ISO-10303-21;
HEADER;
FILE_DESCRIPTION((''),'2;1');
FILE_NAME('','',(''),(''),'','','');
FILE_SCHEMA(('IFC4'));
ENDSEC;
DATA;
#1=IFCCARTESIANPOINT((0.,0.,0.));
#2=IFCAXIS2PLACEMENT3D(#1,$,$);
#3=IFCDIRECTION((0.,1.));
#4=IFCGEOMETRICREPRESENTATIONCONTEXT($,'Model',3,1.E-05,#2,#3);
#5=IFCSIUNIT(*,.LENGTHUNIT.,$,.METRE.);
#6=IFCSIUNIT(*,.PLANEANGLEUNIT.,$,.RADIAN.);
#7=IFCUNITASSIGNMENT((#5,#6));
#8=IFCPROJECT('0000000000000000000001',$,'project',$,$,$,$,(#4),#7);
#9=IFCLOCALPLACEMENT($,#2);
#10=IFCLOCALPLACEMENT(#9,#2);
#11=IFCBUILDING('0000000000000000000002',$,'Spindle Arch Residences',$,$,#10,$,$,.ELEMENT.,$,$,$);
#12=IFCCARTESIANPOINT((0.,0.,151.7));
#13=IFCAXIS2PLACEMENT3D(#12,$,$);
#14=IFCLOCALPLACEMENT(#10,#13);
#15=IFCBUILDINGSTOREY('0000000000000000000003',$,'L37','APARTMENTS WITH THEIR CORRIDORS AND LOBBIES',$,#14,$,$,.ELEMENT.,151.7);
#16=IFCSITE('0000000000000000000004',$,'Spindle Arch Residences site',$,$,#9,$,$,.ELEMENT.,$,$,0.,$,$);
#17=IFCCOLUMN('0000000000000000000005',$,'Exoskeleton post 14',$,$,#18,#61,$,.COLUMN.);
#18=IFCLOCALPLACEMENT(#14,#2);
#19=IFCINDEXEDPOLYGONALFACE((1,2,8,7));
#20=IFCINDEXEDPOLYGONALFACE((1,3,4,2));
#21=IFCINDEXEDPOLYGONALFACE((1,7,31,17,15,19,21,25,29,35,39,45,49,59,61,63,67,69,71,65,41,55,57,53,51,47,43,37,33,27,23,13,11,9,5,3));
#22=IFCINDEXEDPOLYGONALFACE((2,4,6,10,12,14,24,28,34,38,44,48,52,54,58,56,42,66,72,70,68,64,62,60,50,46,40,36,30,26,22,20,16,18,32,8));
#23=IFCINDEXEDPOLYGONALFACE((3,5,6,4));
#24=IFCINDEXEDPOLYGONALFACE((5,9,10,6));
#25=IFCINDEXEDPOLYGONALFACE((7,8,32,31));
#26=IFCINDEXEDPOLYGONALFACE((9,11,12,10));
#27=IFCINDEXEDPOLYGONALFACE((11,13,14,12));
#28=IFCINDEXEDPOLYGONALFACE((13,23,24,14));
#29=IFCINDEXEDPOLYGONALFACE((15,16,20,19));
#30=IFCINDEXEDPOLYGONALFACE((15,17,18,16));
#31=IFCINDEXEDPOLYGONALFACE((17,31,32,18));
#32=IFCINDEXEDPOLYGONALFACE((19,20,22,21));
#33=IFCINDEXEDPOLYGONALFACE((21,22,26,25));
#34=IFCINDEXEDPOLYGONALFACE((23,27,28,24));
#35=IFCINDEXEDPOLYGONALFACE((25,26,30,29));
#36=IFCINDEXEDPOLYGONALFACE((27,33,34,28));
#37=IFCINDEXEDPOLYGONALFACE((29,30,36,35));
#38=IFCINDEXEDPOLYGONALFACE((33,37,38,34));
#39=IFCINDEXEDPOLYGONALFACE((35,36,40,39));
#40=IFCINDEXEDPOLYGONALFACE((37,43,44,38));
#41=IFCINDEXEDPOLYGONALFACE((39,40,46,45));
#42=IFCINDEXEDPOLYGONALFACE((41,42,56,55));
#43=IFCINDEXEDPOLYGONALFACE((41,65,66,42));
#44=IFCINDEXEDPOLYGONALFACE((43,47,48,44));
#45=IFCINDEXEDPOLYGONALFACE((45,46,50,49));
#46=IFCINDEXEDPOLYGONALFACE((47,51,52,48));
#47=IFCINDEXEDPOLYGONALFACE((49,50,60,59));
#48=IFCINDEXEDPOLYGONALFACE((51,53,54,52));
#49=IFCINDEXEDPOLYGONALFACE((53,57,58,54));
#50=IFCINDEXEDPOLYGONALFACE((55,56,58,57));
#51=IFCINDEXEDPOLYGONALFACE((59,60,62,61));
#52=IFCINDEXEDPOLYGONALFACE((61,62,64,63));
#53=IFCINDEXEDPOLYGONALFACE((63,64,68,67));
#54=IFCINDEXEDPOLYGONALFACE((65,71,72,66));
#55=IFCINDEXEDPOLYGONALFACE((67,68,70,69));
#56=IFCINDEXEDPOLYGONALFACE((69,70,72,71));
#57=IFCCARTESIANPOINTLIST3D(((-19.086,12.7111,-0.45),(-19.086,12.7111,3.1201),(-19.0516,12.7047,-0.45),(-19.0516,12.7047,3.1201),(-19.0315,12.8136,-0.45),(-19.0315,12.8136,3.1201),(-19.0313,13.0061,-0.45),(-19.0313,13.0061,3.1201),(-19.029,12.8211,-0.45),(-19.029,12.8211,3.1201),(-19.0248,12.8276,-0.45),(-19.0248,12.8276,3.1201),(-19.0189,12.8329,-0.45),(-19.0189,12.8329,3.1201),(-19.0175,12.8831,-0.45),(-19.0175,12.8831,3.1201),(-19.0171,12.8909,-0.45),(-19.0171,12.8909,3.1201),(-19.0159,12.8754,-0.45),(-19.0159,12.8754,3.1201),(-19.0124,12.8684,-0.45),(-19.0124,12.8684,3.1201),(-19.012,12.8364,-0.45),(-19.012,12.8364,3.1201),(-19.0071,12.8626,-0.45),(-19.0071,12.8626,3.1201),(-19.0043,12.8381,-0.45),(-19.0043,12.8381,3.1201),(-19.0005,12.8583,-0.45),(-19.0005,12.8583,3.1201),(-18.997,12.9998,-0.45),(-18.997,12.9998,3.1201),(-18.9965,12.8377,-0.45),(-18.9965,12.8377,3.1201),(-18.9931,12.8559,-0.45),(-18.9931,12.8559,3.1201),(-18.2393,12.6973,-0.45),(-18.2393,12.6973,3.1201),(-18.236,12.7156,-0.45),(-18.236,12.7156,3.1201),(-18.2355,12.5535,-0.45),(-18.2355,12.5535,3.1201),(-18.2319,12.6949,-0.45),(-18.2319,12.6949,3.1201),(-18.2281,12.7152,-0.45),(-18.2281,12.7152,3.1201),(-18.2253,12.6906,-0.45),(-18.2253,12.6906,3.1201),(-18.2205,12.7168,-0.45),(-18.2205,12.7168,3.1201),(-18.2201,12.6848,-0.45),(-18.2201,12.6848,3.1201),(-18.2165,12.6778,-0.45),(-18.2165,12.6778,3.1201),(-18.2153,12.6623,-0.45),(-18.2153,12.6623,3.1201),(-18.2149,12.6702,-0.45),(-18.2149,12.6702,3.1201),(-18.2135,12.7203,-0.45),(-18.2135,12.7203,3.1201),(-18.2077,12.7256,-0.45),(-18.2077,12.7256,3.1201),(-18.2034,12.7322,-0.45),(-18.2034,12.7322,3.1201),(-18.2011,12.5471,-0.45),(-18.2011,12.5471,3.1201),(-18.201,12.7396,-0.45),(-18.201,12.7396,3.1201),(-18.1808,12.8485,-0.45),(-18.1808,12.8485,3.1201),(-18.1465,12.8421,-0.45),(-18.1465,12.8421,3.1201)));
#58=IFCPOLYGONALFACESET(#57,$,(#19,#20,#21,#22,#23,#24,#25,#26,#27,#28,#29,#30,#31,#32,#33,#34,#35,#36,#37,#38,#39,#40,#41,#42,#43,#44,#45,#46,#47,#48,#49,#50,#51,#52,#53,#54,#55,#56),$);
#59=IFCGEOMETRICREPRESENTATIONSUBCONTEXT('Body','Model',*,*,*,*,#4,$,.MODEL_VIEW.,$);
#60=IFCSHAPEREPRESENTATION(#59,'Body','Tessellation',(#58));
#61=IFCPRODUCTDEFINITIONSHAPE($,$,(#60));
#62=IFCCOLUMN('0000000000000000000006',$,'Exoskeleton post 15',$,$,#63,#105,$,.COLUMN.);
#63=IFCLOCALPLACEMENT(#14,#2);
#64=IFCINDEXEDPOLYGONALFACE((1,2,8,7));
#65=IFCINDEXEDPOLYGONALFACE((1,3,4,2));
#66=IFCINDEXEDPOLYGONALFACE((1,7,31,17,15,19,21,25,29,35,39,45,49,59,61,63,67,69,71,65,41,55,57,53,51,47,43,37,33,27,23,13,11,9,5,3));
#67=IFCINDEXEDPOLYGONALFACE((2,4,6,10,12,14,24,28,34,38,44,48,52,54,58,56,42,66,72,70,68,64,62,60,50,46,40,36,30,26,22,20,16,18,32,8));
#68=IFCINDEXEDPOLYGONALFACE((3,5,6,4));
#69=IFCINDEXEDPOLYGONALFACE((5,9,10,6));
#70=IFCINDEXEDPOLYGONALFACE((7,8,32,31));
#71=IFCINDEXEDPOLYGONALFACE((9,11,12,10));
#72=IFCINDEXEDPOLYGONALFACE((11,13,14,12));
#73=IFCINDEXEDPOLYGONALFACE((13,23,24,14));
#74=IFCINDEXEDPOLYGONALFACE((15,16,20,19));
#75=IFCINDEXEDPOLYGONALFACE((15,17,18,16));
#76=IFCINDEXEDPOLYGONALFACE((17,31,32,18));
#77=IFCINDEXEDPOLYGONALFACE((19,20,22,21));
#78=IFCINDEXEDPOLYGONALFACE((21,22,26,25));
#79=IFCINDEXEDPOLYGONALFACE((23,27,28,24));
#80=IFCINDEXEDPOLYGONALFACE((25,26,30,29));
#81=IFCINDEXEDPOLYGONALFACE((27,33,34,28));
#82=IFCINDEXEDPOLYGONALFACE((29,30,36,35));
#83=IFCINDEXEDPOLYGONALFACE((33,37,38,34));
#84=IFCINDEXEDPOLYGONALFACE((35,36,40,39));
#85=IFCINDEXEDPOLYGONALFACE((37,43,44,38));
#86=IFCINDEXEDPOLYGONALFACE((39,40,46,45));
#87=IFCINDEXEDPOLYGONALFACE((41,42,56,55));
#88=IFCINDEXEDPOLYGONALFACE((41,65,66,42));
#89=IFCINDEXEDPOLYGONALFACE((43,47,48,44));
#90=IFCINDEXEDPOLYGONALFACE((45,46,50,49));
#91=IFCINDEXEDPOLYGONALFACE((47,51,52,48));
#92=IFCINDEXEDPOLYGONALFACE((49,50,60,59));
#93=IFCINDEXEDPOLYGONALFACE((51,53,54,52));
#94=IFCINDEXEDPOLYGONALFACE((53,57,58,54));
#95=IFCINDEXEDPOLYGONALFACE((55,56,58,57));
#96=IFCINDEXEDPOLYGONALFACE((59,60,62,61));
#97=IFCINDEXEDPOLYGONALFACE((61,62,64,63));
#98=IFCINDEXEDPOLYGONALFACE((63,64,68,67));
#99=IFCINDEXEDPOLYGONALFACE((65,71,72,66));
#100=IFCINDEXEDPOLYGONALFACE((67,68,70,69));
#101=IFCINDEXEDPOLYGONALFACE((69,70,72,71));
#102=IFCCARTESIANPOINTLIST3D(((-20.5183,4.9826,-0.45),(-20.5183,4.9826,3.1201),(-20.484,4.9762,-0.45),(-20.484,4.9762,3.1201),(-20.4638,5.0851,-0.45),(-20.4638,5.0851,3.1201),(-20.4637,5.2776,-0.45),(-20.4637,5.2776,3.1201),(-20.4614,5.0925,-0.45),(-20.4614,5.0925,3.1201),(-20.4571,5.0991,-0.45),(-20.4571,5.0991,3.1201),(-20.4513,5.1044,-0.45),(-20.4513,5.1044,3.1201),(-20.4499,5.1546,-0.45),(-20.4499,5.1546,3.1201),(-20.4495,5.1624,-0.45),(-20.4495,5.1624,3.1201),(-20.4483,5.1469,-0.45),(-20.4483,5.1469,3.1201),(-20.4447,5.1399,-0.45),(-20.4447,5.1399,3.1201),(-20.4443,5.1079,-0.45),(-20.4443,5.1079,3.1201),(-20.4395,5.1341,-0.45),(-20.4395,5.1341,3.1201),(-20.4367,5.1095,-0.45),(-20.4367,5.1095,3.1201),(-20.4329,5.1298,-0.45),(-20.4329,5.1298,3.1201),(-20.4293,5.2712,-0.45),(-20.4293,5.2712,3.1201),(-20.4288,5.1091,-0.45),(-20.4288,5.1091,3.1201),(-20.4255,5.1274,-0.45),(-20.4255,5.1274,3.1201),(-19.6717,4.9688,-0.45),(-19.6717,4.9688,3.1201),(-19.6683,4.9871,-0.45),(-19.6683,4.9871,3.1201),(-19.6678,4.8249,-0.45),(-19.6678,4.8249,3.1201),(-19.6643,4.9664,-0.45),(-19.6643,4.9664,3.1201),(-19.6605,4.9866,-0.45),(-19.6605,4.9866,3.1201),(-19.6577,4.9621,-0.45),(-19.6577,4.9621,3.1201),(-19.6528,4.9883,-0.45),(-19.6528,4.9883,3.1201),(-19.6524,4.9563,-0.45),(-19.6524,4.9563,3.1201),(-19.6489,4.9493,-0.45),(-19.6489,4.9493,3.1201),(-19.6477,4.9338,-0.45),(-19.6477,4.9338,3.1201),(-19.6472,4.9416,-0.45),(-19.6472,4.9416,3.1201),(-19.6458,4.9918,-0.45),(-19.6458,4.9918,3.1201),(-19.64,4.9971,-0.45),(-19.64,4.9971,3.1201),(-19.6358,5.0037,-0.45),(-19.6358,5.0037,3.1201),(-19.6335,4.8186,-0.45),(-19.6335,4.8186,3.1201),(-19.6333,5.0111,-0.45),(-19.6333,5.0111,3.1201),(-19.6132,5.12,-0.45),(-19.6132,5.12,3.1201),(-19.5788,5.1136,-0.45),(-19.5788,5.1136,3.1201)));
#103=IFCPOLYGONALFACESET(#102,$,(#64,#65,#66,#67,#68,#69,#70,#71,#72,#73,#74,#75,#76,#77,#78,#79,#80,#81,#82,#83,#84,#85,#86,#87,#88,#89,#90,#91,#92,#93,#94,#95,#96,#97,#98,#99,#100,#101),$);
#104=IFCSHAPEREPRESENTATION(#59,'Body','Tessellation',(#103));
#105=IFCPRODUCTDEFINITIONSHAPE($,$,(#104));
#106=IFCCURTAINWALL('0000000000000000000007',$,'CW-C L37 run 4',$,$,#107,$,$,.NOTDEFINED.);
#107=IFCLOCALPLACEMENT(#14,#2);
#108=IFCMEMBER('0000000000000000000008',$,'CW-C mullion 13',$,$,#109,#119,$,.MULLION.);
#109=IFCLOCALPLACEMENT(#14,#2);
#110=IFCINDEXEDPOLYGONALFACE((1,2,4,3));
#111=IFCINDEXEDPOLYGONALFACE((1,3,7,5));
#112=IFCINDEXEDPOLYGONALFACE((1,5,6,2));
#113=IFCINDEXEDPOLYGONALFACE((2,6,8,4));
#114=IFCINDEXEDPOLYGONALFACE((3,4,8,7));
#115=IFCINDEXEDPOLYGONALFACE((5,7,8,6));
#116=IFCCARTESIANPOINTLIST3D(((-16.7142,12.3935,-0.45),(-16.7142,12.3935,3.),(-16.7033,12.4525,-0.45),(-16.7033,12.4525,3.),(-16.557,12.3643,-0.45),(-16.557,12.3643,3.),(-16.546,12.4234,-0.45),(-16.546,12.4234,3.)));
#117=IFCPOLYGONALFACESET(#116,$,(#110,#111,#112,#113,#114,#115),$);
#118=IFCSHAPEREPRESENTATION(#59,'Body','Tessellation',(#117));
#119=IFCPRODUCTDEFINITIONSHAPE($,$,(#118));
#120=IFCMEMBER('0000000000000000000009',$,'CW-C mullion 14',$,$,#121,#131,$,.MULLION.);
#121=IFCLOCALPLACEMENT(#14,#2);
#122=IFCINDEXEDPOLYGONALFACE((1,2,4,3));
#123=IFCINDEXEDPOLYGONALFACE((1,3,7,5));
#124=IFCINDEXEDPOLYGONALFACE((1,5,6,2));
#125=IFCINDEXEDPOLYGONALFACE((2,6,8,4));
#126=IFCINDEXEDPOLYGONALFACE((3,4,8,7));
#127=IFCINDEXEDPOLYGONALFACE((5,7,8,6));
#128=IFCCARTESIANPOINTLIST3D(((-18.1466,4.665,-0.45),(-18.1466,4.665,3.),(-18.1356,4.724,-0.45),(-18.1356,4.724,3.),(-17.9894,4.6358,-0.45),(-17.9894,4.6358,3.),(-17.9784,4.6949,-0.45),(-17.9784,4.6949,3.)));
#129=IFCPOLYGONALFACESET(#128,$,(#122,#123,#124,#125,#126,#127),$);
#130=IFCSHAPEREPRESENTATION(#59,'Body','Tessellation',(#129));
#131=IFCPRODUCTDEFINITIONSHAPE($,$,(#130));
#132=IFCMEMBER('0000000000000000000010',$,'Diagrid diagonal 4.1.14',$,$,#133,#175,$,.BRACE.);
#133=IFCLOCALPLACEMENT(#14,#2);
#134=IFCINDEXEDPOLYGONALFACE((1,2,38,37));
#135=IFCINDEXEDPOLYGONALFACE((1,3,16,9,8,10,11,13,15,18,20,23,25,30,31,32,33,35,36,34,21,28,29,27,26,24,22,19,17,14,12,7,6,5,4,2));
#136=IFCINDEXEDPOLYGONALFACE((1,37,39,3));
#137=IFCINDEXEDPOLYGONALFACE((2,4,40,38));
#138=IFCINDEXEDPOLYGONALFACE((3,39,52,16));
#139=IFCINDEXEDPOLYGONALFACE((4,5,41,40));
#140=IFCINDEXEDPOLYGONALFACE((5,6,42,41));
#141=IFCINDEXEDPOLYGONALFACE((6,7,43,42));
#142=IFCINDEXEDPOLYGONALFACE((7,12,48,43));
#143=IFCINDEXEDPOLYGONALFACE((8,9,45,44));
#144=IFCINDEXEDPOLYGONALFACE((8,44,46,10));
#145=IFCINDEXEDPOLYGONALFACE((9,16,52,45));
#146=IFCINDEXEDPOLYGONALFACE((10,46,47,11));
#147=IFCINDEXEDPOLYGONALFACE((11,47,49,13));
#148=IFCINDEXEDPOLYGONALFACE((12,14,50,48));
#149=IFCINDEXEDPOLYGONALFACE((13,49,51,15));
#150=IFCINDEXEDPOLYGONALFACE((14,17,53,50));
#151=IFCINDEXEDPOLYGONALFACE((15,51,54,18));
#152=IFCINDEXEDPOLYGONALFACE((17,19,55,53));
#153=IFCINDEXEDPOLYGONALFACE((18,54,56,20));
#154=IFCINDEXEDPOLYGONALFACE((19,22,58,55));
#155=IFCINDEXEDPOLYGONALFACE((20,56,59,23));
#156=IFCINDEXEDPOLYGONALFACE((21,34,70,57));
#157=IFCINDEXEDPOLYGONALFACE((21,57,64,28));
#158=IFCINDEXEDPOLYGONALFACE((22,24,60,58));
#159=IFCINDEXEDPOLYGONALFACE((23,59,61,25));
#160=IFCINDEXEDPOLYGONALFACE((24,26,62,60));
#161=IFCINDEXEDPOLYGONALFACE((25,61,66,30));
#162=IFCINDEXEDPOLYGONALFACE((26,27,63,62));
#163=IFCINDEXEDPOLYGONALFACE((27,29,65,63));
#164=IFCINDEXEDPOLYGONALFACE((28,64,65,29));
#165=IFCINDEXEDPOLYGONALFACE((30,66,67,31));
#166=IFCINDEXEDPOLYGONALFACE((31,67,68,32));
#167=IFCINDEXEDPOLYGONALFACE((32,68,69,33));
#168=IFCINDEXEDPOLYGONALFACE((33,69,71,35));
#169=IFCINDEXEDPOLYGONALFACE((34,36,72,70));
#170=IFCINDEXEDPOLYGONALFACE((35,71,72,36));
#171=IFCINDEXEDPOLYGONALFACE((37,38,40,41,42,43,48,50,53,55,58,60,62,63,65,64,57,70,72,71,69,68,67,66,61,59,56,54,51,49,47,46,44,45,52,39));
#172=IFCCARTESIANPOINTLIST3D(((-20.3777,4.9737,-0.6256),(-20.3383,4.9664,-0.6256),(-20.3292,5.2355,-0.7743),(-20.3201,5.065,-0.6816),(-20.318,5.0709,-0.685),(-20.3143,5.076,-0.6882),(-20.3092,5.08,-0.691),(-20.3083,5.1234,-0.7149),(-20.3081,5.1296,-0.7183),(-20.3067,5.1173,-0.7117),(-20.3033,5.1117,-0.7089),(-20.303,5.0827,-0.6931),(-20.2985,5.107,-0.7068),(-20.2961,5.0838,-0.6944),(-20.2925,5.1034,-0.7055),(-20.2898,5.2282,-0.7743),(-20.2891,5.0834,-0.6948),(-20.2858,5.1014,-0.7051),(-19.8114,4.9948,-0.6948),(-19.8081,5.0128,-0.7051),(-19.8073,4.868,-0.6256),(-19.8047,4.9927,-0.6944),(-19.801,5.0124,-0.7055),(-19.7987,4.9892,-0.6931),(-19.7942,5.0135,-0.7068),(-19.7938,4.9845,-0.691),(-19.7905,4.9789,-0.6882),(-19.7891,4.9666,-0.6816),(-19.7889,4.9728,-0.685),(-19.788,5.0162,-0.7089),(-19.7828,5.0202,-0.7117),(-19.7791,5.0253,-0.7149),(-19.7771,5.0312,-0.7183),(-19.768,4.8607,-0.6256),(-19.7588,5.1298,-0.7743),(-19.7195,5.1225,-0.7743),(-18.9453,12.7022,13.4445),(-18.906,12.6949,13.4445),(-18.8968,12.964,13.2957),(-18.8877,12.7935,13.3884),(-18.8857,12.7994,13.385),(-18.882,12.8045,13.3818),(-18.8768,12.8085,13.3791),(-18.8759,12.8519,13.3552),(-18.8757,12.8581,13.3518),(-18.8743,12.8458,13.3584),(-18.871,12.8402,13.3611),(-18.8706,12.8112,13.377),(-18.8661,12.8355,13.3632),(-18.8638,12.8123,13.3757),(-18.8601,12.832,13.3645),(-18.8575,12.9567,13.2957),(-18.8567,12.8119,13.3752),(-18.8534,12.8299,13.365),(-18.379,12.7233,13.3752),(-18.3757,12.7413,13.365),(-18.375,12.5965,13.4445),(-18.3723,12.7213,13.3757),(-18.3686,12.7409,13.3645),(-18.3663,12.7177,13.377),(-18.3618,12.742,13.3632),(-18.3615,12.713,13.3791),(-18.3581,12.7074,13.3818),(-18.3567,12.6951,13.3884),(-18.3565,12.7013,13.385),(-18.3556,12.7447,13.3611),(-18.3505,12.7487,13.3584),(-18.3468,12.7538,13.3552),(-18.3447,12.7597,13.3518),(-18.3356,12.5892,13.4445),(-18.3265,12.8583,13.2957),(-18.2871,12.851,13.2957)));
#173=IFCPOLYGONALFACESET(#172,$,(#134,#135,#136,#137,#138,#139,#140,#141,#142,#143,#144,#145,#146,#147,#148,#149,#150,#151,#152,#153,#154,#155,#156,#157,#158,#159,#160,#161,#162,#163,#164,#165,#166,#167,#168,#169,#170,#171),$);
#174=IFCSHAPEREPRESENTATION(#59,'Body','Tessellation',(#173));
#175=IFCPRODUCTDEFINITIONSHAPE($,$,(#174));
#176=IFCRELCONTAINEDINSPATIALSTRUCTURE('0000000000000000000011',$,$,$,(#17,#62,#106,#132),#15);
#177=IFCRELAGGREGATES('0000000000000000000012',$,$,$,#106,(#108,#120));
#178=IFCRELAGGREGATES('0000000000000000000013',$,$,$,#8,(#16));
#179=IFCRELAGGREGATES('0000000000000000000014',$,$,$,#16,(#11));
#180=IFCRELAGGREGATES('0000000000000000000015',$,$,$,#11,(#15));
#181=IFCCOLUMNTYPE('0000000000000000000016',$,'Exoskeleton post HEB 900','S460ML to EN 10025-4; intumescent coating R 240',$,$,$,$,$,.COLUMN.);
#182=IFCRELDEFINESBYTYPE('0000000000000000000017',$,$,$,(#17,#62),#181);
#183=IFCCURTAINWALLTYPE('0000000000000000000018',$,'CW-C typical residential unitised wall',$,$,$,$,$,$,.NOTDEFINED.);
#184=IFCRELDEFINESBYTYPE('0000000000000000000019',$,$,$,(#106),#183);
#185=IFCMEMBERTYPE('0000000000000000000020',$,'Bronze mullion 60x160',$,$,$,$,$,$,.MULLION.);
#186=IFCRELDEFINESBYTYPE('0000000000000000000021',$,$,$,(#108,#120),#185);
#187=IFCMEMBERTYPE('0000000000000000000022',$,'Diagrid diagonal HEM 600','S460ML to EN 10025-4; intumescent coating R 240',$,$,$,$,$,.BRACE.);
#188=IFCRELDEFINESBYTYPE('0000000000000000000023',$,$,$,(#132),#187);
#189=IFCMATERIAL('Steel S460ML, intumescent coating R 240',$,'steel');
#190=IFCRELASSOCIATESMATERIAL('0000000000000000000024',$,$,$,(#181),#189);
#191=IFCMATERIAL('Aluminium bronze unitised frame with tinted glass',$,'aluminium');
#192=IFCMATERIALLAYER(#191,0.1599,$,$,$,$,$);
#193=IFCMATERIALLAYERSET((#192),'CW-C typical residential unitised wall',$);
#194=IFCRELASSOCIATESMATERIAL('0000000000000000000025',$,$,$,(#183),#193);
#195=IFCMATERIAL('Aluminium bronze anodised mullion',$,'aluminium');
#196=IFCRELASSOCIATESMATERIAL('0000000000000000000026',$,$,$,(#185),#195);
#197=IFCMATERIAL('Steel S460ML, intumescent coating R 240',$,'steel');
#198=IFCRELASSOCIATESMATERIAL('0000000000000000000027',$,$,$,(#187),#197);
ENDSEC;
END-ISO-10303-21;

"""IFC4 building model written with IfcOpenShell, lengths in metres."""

from ifc_helpers import new_model, si_unit, direction, frame, origin, origin_2d, place, context, subcontext, project, spatial, rectangle, i_section, extrude, material, layer, layer_set, material_profile, profile_set, type_object, element, aggregate, save


model = new_model("IFC4")

# Units and contexts
model_context = context("Model", 3, precision=1e-05, world=origin(), true_north=direction((0.0, 1.0)))
body_context = subcontext(model_context, "Body", "Model", "MODEL_VIEW")
ifc_project = project(units=[si_unit("LENGTHUNIT", "METRE"), si_unit("PLANEANGLEUNIT", "RADIAN")], contexts=[model_context])

# Site, building, storey
site_placement = place(None, origin())
site = spatial("IfcSite", under=ifc_project, at=site_placement, Name="Spindle Arch Residences site", CompositionType="ELEMENT", RefElevation=0.0)
building_placement = place(site_placement, origin())
building = spatial("IfcBuilding", under=site, at=building_placement, Name="Spindle Arch Residences", CompositionType="ELEMENT")
storey_placement = place(building_placement, frame((0.0, 0.0, 151.7)))
storey = spatial("IfcBuildingStorey", under=building, at=storey_placement, Name="L37", Description="APARTMENTS WITH THEIR CORRIDORS AND LOBBIES", CompositionType="ELEMENT", Elevation=151.7)

# Columns
ifc_material_1 = material(Name="Steel S460ML, intumescent coating R 240", Category="steel")
ifc_material_profile_1 = material_profile(ifc_material_1, i_section(OverallWidth=0.3, OverallDepth=0.8999, WebThickness=0.0186, FlangeThickness=0.0349, FilletRadius=0.03, at=origin_2d()), Name="HEB 900")
ifc_profile_set_1 = profile_set([ifc_material_profile_1], Name="Steel S460ML, intumescent coating R 240")
column_type = type_object("IfcColumnType", Name="Exoskeleton post HEB 900", Description="S460ML to EN 10025-4; intumescent coating R 240", PredefinedType="COLUMN", material=ifc_profile_set_1)
for number, where, z_axis, x_axis, name in (
    (1, (-18.6162, 12.7766, -0.45), (0.0, 0.0, 1.0), (0.182236, 0.983255, 0.0), "Exoskeleton post 14"),
    (2, (-20.0486, 5.0481, -0.45), (0.0, 0.0, 1.0), (0.182236, 0.983255, 0.0), "Exoskeleton post 15"),
):
    element("IfcColumn", number, at=place(storey_placement, frame(where, z_axis=z_axis, x_axis=x_axis)), inside=storey, type_object=column_type, Name=name, PredefinedType="COLUMN", context=body_context, shape_type="SweptSolid", body=[
        extrude(i_section(OverallWidth=0.3, OverallDepth=0.8999, WebThickness=0.0186, FlangeThickness=0.0349, FilletRadius=0.03, at=origin_2d()), origin(), (0.0, 0.0, 1.0), 3.5701),
    ])

# Curtain wall, members
ifc_material_2 = material(Name="Aluminium bronze unitised frame with tinted glass", Category="aluminium")
ifc_layer_1 = layer(ifc_material_2, 0.1599)
ifc_layer_set_1 = layer_set([ifc_layer_1], Name="CW-C typical residential unitised wall")
curtain_wall_type = type_object("IfcCurtainWallType", Name="CW-C typical residential unitised wall", PredefinedType="NOTDEFINED", material=ifc_layer_set_1)
curtain_wall_placement = place(storey_placement, origin())
curtain_wall = element("IfcCurtainWall", 3, at=curtain_wall_placement, inside=storey, type_object=curtain_wall_type, Name="CW-C L37 run 4", PredefinedType="NOTDEFINED")
ifc_material_3 = material(Name="Aluminium bronze anodised mullion", Category="aluminium")
ifc_material_profile_2 = material_profile(ifc_material_3, rectangle(XDim=0.1599, YDim=0.0601, at=origin_2d()), Name="MU 60x160")
ifc_profile_set_2 = profile_set([ifc_material_profile_2], Name="Aluminium bronze anodised mullion")
member_type_1 = type_object("IfcMemberType", Name="Bronze mullion 60x160", PredefinedType="MULLION", material=ifc_profile_set_2)
member_1_placement = place(storey_placement, frame((-16.6301, 12.4084, -0.45), z_axis=(0.0, 0.0, 1.0), x_axis=(0.983255, -0.182236, 0.0)))
member_1 = element("IfcMember", 4, at=member_1_placement, type_object=member_type_1, Name="CW-C mullion 13", PredefinedType="MULLION", context=body_context, shape_type="SweptSolid", body=[
    extrude(rectangle(XDim=0.1599, YDim=0.0601, at=origin_2d()), origin(), (0.0, 0.0, 1.0), 3.45),
])
member_2_placement = place(storey_placement, frame((-18.0625, 4.6799, -0.45), z_axis=(0.0, 0.0, 1.0), x_axis=(0.983255, -0.182236, 0.0)))
member_2 = element("IfcMember", 5, at=member_2_placement, type_object=member_type_1, Name="CW-C mullion 14", PredefinedType="MULLION", context=body_context, shape_type="SweptSolid", body=[
    extrude(rectangle(XDim=0.1599, YDim=0.0601, at=origin_2d()), origin(), (0.0, 0.0, 1.0), 3.45),
])

# Member
ifc_material_4 = material(Name="Steel S460ML, intumescent coating R 240", Category="steel")
ifc_material_profile_3 = material_profile(ifc_material_4, i_section(OverallWidth=0.3049, OverallDepth=0.6201, WebThickness=0.021, FlangeThickness=0.04, FilletRadius=0.0271, at=origin_2d()), Name="HEM 600")
ifc_profile_set_3 = profile_set([ifc_material_profile_3], Name="Steel S460ML, intumescent coating R 240")
member_type_2 = type_object("IfcMemberType", Name="Diagrid diagonal HEM 600", Description="S460ML to EN 10025-4; intumescent coating R 240", PredefinedType="BRACE", material=ifc_profile_set_3)
for number, where, z_axis, x_axis, name in (
    (6, (-20.0486, 5.0481, -0.7), (0.088875, 0.479534, 0.873011), (-0.159091, -0.858393, 0.487701), "Diagrid diagonal 4.1.14"),
):
    element("IfcMember", number, at=place(storey_placement, frame(where, z_axis=z_axis, x_axis=x_axis)), inside=storey, type_object=member_type_2, Name=name, PredefinedType="BRACE", context=body_context, shape_type="SweptSolid", body=[
        extrude(i_section(OverallWidth=0.3049, OverallDepth=0.6201, WebThickness=0.021, FlangeThickness=0.04, FilletRadius=0.0271, at=origin_2d()), origin(), (0.0, 0.0, 1.0), 16.1167),
    ])

aggregate(curtain_wall, [member_1, member_2])

save(model, "model.ifc")
